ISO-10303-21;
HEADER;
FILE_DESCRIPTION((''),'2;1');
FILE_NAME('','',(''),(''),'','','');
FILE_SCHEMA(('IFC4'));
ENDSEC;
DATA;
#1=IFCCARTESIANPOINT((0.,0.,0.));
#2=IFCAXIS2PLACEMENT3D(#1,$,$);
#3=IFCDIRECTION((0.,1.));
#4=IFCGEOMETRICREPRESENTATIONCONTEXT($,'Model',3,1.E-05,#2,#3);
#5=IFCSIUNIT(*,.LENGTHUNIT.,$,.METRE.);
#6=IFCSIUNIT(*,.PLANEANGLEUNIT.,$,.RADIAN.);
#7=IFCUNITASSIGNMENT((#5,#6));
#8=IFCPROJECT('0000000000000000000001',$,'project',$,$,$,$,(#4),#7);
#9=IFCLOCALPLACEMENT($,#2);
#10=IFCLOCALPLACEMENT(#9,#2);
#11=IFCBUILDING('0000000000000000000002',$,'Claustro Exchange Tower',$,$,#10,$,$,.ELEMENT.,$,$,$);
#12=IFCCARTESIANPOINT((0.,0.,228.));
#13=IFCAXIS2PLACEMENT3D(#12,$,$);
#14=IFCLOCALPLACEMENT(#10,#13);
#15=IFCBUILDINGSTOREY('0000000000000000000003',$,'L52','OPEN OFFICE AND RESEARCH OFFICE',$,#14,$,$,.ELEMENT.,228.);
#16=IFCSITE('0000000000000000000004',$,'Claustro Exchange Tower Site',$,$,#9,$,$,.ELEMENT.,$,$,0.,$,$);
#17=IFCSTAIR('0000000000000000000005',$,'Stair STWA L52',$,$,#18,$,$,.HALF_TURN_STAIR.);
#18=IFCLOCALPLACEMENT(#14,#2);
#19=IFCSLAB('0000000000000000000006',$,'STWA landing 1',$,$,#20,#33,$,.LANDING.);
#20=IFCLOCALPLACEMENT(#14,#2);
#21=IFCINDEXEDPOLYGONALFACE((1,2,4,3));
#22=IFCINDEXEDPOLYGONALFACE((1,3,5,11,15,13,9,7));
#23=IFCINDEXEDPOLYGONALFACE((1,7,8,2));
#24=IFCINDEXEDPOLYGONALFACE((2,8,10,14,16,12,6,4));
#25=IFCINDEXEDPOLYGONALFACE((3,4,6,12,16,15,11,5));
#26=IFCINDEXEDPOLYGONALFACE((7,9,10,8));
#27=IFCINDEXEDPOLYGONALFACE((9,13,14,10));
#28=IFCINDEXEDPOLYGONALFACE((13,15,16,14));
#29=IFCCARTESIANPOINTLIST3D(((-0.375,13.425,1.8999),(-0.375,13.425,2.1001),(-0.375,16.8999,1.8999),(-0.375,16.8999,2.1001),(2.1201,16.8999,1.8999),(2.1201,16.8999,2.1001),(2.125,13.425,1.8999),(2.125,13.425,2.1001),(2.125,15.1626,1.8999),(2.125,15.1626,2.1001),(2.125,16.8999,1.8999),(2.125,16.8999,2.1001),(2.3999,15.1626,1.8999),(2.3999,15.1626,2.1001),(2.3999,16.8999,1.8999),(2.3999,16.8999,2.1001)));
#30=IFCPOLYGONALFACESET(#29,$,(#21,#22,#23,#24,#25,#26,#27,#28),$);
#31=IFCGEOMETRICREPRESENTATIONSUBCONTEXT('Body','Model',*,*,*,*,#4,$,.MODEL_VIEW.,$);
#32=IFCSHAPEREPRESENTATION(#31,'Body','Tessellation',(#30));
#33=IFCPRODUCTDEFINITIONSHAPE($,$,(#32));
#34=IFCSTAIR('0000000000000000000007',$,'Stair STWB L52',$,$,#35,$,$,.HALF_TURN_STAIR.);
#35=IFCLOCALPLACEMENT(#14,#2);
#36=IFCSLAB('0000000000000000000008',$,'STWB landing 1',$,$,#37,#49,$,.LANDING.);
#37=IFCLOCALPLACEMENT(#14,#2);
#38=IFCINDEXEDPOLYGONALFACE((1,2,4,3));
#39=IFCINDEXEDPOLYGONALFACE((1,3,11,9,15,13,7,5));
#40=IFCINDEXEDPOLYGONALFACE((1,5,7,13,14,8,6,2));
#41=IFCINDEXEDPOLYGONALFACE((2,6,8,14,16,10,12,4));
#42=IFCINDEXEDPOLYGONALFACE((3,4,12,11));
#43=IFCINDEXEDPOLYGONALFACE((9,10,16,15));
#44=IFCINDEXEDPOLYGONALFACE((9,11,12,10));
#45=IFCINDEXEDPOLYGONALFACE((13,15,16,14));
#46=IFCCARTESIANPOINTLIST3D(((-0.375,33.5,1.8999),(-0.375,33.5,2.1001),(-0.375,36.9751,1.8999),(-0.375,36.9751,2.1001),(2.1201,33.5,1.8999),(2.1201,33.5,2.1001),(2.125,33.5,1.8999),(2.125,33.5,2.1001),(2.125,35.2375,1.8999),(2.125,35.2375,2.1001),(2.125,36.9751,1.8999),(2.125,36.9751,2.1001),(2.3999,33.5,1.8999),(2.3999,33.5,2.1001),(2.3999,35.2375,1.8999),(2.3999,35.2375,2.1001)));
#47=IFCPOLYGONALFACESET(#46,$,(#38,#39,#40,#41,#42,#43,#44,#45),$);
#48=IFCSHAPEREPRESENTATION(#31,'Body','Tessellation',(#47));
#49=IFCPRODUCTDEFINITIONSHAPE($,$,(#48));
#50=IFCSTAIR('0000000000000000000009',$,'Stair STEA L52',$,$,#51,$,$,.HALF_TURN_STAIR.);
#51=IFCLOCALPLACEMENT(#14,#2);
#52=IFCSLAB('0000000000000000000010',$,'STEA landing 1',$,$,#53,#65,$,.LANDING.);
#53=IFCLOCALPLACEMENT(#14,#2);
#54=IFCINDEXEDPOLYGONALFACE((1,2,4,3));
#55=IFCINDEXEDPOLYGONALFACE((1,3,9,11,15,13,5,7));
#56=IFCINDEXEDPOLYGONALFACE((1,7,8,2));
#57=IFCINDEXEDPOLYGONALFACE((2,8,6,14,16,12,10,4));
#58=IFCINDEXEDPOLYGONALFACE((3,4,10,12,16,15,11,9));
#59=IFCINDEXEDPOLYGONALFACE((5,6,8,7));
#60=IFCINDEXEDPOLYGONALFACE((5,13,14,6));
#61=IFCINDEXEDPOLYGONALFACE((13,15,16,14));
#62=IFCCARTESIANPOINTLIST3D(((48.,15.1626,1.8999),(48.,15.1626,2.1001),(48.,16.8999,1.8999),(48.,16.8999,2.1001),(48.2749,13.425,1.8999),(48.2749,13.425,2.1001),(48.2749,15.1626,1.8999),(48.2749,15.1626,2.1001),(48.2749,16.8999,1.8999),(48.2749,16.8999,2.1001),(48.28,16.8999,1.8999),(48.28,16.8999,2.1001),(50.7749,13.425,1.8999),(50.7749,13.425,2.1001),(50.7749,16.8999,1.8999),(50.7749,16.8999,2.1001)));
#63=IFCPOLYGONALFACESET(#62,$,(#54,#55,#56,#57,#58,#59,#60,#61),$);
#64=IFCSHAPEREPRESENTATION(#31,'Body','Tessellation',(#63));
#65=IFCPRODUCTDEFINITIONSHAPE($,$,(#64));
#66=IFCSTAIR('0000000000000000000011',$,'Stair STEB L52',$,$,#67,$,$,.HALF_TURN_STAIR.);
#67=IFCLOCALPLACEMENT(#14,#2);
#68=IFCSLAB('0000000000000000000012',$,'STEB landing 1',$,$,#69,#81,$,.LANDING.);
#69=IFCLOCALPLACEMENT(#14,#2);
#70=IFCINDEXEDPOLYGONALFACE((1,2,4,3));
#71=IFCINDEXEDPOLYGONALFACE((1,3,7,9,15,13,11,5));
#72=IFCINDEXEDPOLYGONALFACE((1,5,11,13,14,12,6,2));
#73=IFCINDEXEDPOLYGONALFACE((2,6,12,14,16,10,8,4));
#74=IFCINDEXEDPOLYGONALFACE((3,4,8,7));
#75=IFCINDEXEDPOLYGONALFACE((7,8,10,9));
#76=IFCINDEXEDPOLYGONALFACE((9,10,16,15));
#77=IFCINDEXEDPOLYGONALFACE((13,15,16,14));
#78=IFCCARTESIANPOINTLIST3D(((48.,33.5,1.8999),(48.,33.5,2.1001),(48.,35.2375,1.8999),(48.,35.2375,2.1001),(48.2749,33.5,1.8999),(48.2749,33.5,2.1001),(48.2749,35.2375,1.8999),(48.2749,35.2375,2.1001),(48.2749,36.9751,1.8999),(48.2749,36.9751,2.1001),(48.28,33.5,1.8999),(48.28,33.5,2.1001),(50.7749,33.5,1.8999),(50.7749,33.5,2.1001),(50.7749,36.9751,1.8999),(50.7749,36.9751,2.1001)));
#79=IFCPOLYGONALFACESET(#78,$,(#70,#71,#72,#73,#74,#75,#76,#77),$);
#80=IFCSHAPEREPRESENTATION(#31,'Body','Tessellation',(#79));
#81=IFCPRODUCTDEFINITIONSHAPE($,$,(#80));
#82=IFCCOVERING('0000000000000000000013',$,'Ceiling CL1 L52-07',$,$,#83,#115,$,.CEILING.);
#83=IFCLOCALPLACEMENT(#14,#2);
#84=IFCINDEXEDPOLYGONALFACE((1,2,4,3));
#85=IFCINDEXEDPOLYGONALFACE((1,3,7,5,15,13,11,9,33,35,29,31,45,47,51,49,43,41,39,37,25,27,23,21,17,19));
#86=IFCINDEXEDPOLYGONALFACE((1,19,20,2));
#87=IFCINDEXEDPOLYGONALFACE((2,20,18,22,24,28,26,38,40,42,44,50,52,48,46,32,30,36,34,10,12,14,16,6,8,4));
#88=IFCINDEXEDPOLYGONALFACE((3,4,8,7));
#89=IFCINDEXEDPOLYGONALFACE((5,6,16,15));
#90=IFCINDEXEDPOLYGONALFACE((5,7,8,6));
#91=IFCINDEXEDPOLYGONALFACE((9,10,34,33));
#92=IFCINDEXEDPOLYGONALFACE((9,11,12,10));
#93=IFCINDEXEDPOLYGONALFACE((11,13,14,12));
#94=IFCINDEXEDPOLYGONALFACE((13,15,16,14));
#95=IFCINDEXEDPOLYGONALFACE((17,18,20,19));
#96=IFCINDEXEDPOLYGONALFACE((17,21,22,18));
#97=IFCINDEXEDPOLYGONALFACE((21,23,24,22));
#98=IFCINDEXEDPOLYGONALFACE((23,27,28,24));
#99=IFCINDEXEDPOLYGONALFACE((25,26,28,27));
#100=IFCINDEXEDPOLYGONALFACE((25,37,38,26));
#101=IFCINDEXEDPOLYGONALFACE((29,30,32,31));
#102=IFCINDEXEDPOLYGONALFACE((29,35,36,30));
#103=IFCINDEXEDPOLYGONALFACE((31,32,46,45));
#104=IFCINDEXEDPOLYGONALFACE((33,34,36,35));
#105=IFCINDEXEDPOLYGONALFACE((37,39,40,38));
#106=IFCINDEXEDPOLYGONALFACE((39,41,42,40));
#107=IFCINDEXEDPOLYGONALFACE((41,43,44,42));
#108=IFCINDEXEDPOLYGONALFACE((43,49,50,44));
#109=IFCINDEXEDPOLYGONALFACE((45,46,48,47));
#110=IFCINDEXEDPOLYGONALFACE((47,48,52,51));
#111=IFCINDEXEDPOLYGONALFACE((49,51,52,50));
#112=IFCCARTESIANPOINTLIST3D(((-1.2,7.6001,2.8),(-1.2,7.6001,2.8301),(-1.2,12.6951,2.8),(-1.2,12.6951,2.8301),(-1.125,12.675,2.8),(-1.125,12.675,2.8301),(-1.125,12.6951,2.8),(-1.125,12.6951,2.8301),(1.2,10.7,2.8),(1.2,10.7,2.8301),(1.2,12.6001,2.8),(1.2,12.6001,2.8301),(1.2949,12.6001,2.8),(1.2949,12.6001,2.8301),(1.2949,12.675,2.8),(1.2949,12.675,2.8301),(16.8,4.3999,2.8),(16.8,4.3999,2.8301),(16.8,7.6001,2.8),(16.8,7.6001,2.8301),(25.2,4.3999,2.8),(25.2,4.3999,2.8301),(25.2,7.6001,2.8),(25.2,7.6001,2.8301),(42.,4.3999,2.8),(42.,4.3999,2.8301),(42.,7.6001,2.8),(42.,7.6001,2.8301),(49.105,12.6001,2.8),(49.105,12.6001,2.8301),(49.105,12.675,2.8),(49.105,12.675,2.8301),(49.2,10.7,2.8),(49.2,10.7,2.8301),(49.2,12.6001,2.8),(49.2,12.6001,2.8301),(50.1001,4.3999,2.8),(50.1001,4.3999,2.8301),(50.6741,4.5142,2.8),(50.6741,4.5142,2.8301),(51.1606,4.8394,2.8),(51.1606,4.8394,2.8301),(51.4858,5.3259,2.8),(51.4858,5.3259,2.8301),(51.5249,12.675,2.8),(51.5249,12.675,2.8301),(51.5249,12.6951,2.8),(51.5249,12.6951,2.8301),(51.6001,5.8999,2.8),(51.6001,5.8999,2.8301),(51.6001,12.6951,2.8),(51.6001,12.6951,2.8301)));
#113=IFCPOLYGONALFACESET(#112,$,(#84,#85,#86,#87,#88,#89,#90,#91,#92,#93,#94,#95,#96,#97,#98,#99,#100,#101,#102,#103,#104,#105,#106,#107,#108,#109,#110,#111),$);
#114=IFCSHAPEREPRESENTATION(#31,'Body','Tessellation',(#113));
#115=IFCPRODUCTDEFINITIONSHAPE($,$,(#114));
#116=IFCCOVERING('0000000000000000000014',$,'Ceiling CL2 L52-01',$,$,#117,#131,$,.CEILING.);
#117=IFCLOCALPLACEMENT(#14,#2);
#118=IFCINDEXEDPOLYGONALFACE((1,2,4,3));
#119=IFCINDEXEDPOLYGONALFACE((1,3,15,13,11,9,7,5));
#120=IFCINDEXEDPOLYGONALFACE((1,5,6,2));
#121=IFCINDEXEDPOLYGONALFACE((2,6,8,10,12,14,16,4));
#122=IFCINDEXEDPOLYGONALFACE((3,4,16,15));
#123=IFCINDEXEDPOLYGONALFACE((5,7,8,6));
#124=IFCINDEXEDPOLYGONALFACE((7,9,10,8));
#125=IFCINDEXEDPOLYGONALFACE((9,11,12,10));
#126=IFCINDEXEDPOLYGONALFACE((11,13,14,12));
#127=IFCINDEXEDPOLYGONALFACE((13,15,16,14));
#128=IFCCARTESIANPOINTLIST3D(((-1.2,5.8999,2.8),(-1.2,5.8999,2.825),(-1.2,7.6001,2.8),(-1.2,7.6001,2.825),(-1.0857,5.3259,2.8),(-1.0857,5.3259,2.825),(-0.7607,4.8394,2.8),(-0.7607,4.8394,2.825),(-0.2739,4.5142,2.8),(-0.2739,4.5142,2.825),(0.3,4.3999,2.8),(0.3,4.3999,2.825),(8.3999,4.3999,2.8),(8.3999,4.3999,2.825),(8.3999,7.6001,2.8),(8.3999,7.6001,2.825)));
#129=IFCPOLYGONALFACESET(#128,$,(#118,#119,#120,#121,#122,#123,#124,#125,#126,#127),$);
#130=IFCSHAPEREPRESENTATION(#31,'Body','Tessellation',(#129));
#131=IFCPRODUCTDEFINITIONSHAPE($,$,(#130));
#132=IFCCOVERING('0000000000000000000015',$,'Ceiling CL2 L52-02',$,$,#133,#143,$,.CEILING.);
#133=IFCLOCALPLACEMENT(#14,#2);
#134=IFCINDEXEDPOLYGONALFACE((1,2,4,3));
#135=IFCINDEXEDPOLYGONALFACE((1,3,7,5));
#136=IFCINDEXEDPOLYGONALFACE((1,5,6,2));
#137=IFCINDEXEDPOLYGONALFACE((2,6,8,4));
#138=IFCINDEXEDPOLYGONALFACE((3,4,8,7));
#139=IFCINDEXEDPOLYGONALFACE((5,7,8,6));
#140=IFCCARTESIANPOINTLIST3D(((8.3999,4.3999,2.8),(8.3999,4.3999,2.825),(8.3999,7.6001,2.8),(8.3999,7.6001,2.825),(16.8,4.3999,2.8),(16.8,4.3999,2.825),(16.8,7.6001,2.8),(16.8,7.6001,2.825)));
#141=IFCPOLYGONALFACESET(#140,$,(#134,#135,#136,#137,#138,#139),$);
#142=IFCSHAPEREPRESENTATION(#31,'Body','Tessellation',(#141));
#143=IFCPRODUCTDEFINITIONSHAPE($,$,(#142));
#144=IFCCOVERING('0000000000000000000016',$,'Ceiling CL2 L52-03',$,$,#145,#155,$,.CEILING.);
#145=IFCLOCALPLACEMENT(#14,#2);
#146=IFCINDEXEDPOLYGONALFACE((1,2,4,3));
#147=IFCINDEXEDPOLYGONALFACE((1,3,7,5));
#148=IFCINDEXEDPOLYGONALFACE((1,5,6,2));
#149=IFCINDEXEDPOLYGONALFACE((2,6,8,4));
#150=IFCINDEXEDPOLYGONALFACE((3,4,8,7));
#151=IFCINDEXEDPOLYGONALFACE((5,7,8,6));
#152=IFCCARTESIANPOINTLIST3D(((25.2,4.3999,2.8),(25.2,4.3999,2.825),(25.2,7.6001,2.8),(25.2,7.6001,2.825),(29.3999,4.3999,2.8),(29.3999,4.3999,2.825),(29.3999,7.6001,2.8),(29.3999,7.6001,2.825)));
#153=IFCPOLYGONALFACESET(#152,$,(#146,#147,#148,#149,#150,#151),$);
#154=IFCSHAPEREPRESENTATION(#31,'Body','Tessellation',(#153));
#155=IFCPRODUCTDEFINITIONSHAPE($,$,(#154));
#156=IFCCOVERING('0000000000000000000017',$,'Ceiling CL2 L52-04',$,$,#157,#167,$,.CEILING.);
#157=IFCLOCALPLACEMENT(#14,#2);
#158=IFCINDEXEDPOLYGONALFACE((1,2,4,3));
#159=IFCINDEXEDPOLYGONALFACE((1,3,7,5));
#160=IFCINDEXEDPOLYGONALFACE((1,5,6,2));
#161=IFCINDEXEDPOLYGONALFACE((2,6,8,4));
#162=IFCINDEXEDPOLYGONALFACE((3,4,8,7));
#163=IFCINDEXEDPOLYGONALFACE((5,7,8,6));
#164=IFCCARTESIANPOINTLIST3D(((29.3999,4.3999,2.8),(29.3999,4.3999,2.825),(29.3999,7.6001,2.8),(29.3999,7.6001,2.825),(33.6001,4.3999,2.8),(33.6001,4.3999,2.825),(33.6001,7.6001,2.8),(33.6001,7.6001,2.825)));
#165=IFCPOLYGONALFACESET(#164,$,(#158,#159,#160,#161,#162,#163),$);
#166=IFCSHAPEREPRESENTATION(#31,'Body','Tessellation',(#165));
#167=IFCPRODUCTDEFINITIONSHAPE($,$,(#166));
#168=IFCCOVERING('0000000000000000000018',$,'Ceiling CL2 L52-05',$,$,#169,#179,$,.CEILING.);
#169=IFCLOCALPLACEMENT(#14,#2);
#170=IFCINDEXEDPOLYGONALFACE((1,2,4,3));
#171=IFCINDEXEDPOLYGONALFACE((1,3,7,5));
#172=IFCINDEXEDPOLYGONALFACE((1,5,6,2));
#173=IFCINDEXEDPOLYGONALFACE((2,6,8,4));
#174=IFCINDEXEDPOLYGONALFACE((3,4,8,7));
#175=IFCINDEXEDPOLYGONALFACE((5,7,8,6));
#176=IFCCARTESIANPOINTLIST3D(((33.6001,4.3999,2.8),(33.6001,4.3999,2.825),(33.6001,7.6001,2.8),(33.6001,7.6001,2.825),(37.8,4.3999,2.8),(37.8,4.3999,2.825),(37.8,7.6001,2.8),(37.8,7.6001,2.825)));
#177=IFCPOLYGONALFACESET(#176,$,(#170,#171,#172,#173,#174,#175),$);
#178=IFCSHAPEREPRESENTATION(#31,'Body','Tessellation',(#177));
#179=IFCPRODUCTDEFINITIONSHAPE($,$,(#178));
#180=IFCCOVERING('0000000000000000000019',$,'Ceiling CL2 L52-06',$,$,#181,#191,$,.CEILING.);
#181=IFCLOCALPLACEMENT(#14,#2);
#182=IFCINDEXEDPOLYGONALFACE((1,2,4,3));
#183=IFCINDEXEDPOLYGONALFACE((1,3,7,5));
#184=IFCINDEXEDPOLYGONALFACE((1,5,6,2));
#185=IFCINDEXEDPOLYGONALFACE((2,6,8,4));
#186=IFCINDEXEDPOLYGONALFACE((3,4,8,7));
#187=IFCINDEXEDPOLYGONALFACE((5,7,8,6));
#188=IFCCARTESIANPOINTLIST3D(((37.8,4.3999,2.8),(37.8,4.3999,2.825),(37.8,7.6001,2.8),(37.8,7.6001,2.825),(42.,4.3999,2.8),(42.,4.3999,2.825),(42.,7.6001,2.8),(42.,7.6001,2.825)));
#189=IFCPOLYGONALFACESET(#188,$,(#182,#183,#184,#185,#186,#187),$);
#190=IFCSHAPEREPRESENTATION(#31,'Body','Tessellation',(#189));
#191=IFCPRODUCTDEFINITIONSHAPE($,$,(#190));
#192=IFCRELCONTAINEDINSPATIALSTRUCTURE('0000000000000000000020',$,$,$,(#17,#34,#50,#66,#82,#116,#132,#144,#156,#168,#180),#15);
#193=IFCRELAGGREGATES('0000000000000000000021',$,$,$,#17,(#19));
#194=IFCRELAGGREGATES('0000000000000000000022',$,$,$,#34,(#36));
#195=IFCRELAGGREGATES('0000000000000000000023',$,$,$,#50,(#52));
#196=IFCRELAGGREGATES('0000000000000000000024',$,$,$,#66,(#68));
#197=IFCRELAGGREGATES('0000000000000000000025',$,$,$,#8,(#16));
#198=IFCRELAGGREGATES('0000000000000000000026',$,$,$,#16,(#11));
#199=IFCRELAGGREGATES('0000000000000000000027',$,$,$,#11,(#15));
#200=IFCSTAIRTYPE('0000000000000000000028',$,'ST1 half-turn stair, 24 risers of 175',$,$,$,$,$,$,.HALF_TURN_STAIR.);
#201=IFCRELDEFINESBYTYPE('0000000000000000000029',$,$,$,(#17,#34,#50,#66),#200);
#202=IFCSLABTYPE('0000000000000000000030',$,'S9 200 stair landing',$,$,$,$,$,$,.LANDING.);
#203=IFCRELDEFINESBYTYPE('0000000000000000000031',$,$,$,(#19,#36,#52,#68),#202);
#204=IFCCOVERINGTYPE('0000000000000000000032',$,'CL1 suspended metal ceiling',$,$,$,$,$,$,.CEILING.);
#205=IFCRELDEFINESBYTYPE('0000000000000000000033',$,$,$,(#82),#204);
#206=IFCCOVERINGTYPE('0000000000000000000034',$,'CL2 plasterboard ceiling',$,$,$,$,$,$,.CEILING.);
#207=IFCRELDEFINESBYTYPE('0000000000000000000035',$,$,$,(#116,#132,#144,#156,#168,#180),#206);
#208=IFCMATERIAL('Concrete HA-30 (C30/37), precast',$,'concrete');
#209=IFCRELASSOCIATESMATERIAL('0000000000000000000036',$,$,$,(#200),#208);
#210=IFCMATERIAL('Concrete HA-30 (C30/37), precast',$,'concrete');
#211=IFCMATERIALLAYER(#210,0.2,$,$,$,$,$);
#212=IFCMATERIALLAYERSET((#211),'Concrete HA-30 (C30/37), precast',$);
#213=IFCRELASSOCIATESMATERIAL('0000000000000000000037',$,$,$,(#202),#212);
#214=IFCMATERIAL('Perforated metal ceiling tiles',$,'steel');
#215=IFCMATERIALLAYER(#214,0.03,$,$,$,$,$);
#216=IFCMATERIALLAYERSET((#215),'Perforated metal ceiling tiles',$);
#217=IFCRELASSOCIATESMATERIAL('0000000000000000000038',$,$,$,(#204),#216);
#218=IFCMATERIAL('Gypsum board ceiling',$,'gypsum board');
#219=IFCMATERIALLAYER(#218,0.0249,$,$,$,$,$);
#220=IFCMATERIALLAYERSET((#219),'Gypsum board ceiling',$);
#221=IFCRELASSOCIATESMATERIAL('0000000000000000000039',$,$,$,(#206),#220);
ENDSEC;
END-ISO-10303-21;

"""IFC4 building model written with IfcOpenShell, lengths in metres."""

from ifc_helpers import new_model, si_unit, direction, frame, origin, place, context, subcontext, project, spatial, polyline, outline, extrude, material, layer, layer_set, type_object, element, aggregate, save


model = new_model("IFC4")

# Units and contexts
model_context = context("Model", 3, precision=1e-05, world=origin(), true_north=direction((0.0, 1.0)))
body_context = subcontext(model_context, "Body", "Model", "MODEL_VIEW")
ifc_project = project(units=[si_unit("LENGTHUNIT", "METRE"), si_unit("PLANEANGLEUNIT", "RADIAN")], contexts=[model_context])

# Site, building, storey
site_placement = place(None, origin())
site = spatial("IfcSite", under=ifc_project, at=site_placement, Name="Claustro Exchange Tower Site", CompositionType="ELEMENT", RefElevation=0.0)
building_placement = place(site_placement, origin())
building = spatial("IfcBuilding", under=site, at=building_placement, Name="Claustro Exchange Tower", CompositionType="ELEMENT")
storey_placement = place(building_placement, frame((0.0, 0.0, 228.0)))
storey = spatial("IfcBuildingStorey", under=building, at=storey_placement, Name="L52", Description="OPEN OFFICE AND RESEARCH OFFICE", CompositionType="ELEMENT", Elevation=228.0)

# Stairs, slabs
ifc_material_1 = material(Name="Concrete HA-30 (C30/37), precast", Category="concrete")
stair_type = type_object("IfcStairType", Name="ST1 half-turn stair, 24 risers of 175", PredefinedType="HALF_TURN_STAIR", material=ifc_material_1)
stair_1_placement = place(storey_placement, origin())
stair_1 = element("IfcStair", 1, at=stair_1_placement, inside=storey, type_object=stair_type, Name="Stair STWA L52", PredefinedType="HALF_TURN_STAIR")
ifc_material_2 = material(Name="Concrete HA-30 (C30/37), precast", Category="concrete")
ifc_layer_1 = layer(ifc_material_2, 0.2)
ifc_layer_set_1 = layer_set([ifc_layer_1], Name="Concrete HA-30 (C30/37), precast")
slab_type_1 = type_object("IfcSlabType", Name="S9 200 stair landing", PredefinedType="LANDING", material=ifc_layer_set_1)
slab_1_placement = place(storey_placement, frame((0.0, 0.0, 1.8999)))
slab_1 = element("IfcSlab", 2, at=slab_1_placement, type_object=slab_type_1, Name="STWA landing 1", PredefinedType="LANDING", context=body_context, shape_type="SweptSolid", body=[
    extrude(outline(polyline([(2.125, 13.425), (-0.375, 13.425), (-0.375, 16.8999), (2.1201, 16.8999), (2.125, 16.8999), (2.3999, 16.8999), (2.3999, 15.1626), (2.125, 15.1626), (2.125, 13.425)])), origin(), (0.0, 0.0, 1.0), 0.2002),
])
aggregate(stair_1, [slab_1])
stair_2_placement = place(storey_placement, origin())
stair_2 = element("IfcStair", 3, at=stair_2_placement, inside=storey, type_object=stair_type, Name="Stair STWB L52", PredefinedType="HALF_TURN_STAIR")
slab_2_placement = place(storey_placement, frame((0.0, 0.0, 1.8999)))
slab_2 = element("IfcSlab", 4, at=slab_2_placement, type_object=slab_type_1, Name="STWB landing 1", PredefinedType="LANDING", context=body_context, shape_type="SweptSolid", body=[
    extrude(outline(polyline([(2.3999, 35.2375), (2.3999, 33.5), (2.125, 33.5), (2.1201, 33.5), (-0.375, 33.5), (-0.375, 36.9751), (2.125, 36.9751), (2.125, 35.2375), (2.3999, 35.2375)])), origin(), (0.0, 0.0, 1.0), 0.2002),
])
aggregate(stair_2, [slab_2])
stair_3_placement = place(storey_placement, origin())
stair_3 = element("IfcStair", 5, at=stair_3_placement, inside=storey, type_object=stair_type, Name="Stair STEA L52", PredefinedType="HALF_TURN_STAIR")
slab_3_placement = place(storey_placement, frame((0.0, 0.0, 1.8999)))
slab_3 = element("IfcSlab", 6, at=slab_3_placement, type_object=slab_type_1, Name="STEA landing 1", PredefinedType="LANDING", context=body_context, shape_type="SweptSolid", body=[
    extrude(outline(polyline([(50.7749, 16.8999), (50.7749, 13.425), (48.2749, 13.425), (48.2749, 15.1626), (48.0, 15.1626), (48.0, 16.8999), (48.2749, 16.8999), (48.28, 16.8999), (50.7749, 16.8999)])), origin(), (0.0, 0.0, 1.0), 0.2002),
])
aggregate(stair_3, [slab_3])
stair_4_placement = place(storey_placement, origin())
stair_4 = element("IfcStair", 7, at=stair_4_placement, inside=storey, type_object=stair_type, Name="Stair STEB L52", PredefinedType="HALF_TURN_STAIR")
slab_4_placement = place(storey_placement, frame((0.0, 0.0, 1.8999)))
slab_4 = element("IfcSlab", 8, at=slab_4_placement, type_object=slab_type_1, Name="STEB landing 1", PredefinedType="LANDING", context=body_context, shape_type="SweptSolid", body=[
    extrude(outline(polyline([(48.0, 33.5), (48.0, 35.2375), (48.2749, 35.2375), (48.2749, 36.9751), (50.7749, 36.9751), (50.7749, 33.5), (48.28, 33.5), (48.2749, 33.5), (48.0, 33.5)])), origin(), (0.0, 0.0, 1.0), 0.2002),
])
aggregate(stair_4, [slab_4])

# Coverings
ifc_material_3 = material(Name="Perforated metal ceiling tiles", Category="steel")
ifc_layer_2 = layer(ifc_material_3, 0.03)
ifc_layer_set_2 = layer_set([ifc_layer_2], Name="Perforated metal ceiling tiles")
covering_type_1 = type_object("IfcCoveringType", Name="CL1 suspended metal ceiling", PredefinedType="CEILING", material=ifc_layer_set_2)
covering_1_placement = place(storey_placement, frame((0.0, 0.0, 2.8)))
element("IfcCovering", 9, at=covering_1_placement, inside=storey, type_object=covering_type_1, Name="Ceiling CL1 L52-07", PredefinedType="CEILING", context=body_context, shape_type="SweptSolid", body=[
    extrude(outline(polyline([(1.2, 10.7), (1.2, 12.6001), (1.2949, 12.6001), (1.2949, 12.675), (-1.125, 12.675), (-1.125, 12.6951), (-1.2, 12.6951), (-1.2, 7.6001), (16.8, 7.6001), (16.8, 4.3999), (25.2, 4.3999), (25.2, 7.6001), (42.0, 7.6001), (42.0, 4.3999), (50.1001, 4.3999), (50.6741, 4.5142), (51.1606, 4.8394), (51.4858, 5.3259), (51.6001, 5.8999), (51.6001, 12.6951), (51.5249, 12.6951), (51.5249, 12.675), (49.105, 12.675), (49.105, 12.6001), (49.2, 12.6001), (49.2, 10.7), (1.2, 10.7)])), origin(), (0.0, 0.0, 1.0), 0.03),
])
ifc_material_4 = material(Name="Gypsum board ceiling", Category="gypsum board")
ifc_layer_3 = layer(ifc_material_4, 0.0249)
ifc_layer_set_3 = layer_set([ifc_layer_3], Name="Gypsum board ceiling")
covering_type_2 = type_object("IfcCoveringType", Name="CL2 plasterboard ceiling", PredefinedType="CEILING", material=ifc_layer_set_3)
covering_2_placement = place(storey_placement, frame((0.0, 0.0, 2.8)))
element("IfcCovering", 10, at=covering_2_placement, inside=storey, type_object=covering_type_2, Name="Ceiling CL2 L52-01", PredefinedType="CEILING", context=body_context, shape_type="SweptSolid", body=[
    extrude(outline(polyline([(-1.0857, 5.3259), (-0.7607, 4.8394), (-0.2739, 4.5142), (0.3, 4.3999), (8.3999, 4.3999), (8.3999, 7.6001), (-1.2, 7.6001), (-1.2, 5.8999), (-1.0857, 5.3259)])), origin(), (0.0, 0.0, 1.0), 0.0249),
])
covering_3_placement = place(storey_placement, frame((0.0, 0.0, 2.8)))
element("IfcCovering", 11, at=covering_3_placement, inside=storey, type_object=covering_type_2, Name="Ceiling CL2 L52-02", PredefinedType="CEILING", context=body_context, shape_type="SweptSolid", body=[
    extrude(outline(polyline([(8.3999, 4.3999), (16.8, 4.3999), (16.8, 7.6001), (8.3999, 7.6001), (8.3999, 4.3999)])), origin(), (0.0, 0.0, 1.0), 0.0249),
])
covering_4_placement = place(storey_placement, frame((0.0, 0.0, 2.8)))
element("IfcCovering", 12, at=covering_4_placement, inside=storey, type_object=covering_type_2, Name="Ceiling CL2 L52-03", PredefinedType="CEILING", context=body_context, shape_type="SweptSolid", body=[
    extrude(outline(polyline([(25.2, 4.3999), (29.3999, 4.3999), (29.3999, 7.6001), (25.2, 7.6001), (25.2, 4.3999)])), origin(), (0.0, 0.0, 1.0), 0.0249),
])
covering_5_placement = place(storey_placement, frame((0.0, 0.0, 2.8)))
element("IfcCovering", 13, at=covering_5_placement, inside=storey, type_object=covering_type_2, Name="Ceiling CL2 L52-04", PredefinedType="CEILING", context=body_context, shape_type="SweptSolid", body=[
    extrude(outline(polyline([(29.3999, 4.3999), (33.6001, 4.3999), (33.6001, 7.6001), (29.3999, 7.6001), (29.3999, 4.3999)])), origin(), (0.0, 0.0, 1.0), 0.0249),
])
covering_6_placement = place(storey_placement, frame((0.0, 0.0, 2.8)))
element("IfcCovering", 14, at=covering_6_placement, inside=storey, type_object=covering_type_2, Name="Ceiling CL2 L52-05", PredefinedType="CEILING", context=body_context, shape_type="SweptSolid", body=[
    extrude(outline(polyline([(33.6001, 4.3999), (37.8, 4.3999), (37.8, 7.6001), (33.6001, 7.6001), (33.6001, 4.3999)])), origin(), (0.0, 0.0, 1.0), 0.0249),
])
covering_7_placement = place(storey_placement, frame((0.0, 0.0, 2.8)))
element("IfcCovering", 15, at=covering_7_placement, inside=storey, type_object=covering_type_2, Name="Ceiling CL2 L52-06", PredefinedType="CEILING", context=body_context, shape_type="SweptSolid", body=[
    extrude(outline(polyline([(37.8, 4.3999), (42.0, 4.3999), (42.0, 7.6001), (37.8, 7.6001), (37.8, 4.3999)])), origin(), (0.0, 0.0, 1.0), 0.0249),
])

save(model, "model.ifc")
